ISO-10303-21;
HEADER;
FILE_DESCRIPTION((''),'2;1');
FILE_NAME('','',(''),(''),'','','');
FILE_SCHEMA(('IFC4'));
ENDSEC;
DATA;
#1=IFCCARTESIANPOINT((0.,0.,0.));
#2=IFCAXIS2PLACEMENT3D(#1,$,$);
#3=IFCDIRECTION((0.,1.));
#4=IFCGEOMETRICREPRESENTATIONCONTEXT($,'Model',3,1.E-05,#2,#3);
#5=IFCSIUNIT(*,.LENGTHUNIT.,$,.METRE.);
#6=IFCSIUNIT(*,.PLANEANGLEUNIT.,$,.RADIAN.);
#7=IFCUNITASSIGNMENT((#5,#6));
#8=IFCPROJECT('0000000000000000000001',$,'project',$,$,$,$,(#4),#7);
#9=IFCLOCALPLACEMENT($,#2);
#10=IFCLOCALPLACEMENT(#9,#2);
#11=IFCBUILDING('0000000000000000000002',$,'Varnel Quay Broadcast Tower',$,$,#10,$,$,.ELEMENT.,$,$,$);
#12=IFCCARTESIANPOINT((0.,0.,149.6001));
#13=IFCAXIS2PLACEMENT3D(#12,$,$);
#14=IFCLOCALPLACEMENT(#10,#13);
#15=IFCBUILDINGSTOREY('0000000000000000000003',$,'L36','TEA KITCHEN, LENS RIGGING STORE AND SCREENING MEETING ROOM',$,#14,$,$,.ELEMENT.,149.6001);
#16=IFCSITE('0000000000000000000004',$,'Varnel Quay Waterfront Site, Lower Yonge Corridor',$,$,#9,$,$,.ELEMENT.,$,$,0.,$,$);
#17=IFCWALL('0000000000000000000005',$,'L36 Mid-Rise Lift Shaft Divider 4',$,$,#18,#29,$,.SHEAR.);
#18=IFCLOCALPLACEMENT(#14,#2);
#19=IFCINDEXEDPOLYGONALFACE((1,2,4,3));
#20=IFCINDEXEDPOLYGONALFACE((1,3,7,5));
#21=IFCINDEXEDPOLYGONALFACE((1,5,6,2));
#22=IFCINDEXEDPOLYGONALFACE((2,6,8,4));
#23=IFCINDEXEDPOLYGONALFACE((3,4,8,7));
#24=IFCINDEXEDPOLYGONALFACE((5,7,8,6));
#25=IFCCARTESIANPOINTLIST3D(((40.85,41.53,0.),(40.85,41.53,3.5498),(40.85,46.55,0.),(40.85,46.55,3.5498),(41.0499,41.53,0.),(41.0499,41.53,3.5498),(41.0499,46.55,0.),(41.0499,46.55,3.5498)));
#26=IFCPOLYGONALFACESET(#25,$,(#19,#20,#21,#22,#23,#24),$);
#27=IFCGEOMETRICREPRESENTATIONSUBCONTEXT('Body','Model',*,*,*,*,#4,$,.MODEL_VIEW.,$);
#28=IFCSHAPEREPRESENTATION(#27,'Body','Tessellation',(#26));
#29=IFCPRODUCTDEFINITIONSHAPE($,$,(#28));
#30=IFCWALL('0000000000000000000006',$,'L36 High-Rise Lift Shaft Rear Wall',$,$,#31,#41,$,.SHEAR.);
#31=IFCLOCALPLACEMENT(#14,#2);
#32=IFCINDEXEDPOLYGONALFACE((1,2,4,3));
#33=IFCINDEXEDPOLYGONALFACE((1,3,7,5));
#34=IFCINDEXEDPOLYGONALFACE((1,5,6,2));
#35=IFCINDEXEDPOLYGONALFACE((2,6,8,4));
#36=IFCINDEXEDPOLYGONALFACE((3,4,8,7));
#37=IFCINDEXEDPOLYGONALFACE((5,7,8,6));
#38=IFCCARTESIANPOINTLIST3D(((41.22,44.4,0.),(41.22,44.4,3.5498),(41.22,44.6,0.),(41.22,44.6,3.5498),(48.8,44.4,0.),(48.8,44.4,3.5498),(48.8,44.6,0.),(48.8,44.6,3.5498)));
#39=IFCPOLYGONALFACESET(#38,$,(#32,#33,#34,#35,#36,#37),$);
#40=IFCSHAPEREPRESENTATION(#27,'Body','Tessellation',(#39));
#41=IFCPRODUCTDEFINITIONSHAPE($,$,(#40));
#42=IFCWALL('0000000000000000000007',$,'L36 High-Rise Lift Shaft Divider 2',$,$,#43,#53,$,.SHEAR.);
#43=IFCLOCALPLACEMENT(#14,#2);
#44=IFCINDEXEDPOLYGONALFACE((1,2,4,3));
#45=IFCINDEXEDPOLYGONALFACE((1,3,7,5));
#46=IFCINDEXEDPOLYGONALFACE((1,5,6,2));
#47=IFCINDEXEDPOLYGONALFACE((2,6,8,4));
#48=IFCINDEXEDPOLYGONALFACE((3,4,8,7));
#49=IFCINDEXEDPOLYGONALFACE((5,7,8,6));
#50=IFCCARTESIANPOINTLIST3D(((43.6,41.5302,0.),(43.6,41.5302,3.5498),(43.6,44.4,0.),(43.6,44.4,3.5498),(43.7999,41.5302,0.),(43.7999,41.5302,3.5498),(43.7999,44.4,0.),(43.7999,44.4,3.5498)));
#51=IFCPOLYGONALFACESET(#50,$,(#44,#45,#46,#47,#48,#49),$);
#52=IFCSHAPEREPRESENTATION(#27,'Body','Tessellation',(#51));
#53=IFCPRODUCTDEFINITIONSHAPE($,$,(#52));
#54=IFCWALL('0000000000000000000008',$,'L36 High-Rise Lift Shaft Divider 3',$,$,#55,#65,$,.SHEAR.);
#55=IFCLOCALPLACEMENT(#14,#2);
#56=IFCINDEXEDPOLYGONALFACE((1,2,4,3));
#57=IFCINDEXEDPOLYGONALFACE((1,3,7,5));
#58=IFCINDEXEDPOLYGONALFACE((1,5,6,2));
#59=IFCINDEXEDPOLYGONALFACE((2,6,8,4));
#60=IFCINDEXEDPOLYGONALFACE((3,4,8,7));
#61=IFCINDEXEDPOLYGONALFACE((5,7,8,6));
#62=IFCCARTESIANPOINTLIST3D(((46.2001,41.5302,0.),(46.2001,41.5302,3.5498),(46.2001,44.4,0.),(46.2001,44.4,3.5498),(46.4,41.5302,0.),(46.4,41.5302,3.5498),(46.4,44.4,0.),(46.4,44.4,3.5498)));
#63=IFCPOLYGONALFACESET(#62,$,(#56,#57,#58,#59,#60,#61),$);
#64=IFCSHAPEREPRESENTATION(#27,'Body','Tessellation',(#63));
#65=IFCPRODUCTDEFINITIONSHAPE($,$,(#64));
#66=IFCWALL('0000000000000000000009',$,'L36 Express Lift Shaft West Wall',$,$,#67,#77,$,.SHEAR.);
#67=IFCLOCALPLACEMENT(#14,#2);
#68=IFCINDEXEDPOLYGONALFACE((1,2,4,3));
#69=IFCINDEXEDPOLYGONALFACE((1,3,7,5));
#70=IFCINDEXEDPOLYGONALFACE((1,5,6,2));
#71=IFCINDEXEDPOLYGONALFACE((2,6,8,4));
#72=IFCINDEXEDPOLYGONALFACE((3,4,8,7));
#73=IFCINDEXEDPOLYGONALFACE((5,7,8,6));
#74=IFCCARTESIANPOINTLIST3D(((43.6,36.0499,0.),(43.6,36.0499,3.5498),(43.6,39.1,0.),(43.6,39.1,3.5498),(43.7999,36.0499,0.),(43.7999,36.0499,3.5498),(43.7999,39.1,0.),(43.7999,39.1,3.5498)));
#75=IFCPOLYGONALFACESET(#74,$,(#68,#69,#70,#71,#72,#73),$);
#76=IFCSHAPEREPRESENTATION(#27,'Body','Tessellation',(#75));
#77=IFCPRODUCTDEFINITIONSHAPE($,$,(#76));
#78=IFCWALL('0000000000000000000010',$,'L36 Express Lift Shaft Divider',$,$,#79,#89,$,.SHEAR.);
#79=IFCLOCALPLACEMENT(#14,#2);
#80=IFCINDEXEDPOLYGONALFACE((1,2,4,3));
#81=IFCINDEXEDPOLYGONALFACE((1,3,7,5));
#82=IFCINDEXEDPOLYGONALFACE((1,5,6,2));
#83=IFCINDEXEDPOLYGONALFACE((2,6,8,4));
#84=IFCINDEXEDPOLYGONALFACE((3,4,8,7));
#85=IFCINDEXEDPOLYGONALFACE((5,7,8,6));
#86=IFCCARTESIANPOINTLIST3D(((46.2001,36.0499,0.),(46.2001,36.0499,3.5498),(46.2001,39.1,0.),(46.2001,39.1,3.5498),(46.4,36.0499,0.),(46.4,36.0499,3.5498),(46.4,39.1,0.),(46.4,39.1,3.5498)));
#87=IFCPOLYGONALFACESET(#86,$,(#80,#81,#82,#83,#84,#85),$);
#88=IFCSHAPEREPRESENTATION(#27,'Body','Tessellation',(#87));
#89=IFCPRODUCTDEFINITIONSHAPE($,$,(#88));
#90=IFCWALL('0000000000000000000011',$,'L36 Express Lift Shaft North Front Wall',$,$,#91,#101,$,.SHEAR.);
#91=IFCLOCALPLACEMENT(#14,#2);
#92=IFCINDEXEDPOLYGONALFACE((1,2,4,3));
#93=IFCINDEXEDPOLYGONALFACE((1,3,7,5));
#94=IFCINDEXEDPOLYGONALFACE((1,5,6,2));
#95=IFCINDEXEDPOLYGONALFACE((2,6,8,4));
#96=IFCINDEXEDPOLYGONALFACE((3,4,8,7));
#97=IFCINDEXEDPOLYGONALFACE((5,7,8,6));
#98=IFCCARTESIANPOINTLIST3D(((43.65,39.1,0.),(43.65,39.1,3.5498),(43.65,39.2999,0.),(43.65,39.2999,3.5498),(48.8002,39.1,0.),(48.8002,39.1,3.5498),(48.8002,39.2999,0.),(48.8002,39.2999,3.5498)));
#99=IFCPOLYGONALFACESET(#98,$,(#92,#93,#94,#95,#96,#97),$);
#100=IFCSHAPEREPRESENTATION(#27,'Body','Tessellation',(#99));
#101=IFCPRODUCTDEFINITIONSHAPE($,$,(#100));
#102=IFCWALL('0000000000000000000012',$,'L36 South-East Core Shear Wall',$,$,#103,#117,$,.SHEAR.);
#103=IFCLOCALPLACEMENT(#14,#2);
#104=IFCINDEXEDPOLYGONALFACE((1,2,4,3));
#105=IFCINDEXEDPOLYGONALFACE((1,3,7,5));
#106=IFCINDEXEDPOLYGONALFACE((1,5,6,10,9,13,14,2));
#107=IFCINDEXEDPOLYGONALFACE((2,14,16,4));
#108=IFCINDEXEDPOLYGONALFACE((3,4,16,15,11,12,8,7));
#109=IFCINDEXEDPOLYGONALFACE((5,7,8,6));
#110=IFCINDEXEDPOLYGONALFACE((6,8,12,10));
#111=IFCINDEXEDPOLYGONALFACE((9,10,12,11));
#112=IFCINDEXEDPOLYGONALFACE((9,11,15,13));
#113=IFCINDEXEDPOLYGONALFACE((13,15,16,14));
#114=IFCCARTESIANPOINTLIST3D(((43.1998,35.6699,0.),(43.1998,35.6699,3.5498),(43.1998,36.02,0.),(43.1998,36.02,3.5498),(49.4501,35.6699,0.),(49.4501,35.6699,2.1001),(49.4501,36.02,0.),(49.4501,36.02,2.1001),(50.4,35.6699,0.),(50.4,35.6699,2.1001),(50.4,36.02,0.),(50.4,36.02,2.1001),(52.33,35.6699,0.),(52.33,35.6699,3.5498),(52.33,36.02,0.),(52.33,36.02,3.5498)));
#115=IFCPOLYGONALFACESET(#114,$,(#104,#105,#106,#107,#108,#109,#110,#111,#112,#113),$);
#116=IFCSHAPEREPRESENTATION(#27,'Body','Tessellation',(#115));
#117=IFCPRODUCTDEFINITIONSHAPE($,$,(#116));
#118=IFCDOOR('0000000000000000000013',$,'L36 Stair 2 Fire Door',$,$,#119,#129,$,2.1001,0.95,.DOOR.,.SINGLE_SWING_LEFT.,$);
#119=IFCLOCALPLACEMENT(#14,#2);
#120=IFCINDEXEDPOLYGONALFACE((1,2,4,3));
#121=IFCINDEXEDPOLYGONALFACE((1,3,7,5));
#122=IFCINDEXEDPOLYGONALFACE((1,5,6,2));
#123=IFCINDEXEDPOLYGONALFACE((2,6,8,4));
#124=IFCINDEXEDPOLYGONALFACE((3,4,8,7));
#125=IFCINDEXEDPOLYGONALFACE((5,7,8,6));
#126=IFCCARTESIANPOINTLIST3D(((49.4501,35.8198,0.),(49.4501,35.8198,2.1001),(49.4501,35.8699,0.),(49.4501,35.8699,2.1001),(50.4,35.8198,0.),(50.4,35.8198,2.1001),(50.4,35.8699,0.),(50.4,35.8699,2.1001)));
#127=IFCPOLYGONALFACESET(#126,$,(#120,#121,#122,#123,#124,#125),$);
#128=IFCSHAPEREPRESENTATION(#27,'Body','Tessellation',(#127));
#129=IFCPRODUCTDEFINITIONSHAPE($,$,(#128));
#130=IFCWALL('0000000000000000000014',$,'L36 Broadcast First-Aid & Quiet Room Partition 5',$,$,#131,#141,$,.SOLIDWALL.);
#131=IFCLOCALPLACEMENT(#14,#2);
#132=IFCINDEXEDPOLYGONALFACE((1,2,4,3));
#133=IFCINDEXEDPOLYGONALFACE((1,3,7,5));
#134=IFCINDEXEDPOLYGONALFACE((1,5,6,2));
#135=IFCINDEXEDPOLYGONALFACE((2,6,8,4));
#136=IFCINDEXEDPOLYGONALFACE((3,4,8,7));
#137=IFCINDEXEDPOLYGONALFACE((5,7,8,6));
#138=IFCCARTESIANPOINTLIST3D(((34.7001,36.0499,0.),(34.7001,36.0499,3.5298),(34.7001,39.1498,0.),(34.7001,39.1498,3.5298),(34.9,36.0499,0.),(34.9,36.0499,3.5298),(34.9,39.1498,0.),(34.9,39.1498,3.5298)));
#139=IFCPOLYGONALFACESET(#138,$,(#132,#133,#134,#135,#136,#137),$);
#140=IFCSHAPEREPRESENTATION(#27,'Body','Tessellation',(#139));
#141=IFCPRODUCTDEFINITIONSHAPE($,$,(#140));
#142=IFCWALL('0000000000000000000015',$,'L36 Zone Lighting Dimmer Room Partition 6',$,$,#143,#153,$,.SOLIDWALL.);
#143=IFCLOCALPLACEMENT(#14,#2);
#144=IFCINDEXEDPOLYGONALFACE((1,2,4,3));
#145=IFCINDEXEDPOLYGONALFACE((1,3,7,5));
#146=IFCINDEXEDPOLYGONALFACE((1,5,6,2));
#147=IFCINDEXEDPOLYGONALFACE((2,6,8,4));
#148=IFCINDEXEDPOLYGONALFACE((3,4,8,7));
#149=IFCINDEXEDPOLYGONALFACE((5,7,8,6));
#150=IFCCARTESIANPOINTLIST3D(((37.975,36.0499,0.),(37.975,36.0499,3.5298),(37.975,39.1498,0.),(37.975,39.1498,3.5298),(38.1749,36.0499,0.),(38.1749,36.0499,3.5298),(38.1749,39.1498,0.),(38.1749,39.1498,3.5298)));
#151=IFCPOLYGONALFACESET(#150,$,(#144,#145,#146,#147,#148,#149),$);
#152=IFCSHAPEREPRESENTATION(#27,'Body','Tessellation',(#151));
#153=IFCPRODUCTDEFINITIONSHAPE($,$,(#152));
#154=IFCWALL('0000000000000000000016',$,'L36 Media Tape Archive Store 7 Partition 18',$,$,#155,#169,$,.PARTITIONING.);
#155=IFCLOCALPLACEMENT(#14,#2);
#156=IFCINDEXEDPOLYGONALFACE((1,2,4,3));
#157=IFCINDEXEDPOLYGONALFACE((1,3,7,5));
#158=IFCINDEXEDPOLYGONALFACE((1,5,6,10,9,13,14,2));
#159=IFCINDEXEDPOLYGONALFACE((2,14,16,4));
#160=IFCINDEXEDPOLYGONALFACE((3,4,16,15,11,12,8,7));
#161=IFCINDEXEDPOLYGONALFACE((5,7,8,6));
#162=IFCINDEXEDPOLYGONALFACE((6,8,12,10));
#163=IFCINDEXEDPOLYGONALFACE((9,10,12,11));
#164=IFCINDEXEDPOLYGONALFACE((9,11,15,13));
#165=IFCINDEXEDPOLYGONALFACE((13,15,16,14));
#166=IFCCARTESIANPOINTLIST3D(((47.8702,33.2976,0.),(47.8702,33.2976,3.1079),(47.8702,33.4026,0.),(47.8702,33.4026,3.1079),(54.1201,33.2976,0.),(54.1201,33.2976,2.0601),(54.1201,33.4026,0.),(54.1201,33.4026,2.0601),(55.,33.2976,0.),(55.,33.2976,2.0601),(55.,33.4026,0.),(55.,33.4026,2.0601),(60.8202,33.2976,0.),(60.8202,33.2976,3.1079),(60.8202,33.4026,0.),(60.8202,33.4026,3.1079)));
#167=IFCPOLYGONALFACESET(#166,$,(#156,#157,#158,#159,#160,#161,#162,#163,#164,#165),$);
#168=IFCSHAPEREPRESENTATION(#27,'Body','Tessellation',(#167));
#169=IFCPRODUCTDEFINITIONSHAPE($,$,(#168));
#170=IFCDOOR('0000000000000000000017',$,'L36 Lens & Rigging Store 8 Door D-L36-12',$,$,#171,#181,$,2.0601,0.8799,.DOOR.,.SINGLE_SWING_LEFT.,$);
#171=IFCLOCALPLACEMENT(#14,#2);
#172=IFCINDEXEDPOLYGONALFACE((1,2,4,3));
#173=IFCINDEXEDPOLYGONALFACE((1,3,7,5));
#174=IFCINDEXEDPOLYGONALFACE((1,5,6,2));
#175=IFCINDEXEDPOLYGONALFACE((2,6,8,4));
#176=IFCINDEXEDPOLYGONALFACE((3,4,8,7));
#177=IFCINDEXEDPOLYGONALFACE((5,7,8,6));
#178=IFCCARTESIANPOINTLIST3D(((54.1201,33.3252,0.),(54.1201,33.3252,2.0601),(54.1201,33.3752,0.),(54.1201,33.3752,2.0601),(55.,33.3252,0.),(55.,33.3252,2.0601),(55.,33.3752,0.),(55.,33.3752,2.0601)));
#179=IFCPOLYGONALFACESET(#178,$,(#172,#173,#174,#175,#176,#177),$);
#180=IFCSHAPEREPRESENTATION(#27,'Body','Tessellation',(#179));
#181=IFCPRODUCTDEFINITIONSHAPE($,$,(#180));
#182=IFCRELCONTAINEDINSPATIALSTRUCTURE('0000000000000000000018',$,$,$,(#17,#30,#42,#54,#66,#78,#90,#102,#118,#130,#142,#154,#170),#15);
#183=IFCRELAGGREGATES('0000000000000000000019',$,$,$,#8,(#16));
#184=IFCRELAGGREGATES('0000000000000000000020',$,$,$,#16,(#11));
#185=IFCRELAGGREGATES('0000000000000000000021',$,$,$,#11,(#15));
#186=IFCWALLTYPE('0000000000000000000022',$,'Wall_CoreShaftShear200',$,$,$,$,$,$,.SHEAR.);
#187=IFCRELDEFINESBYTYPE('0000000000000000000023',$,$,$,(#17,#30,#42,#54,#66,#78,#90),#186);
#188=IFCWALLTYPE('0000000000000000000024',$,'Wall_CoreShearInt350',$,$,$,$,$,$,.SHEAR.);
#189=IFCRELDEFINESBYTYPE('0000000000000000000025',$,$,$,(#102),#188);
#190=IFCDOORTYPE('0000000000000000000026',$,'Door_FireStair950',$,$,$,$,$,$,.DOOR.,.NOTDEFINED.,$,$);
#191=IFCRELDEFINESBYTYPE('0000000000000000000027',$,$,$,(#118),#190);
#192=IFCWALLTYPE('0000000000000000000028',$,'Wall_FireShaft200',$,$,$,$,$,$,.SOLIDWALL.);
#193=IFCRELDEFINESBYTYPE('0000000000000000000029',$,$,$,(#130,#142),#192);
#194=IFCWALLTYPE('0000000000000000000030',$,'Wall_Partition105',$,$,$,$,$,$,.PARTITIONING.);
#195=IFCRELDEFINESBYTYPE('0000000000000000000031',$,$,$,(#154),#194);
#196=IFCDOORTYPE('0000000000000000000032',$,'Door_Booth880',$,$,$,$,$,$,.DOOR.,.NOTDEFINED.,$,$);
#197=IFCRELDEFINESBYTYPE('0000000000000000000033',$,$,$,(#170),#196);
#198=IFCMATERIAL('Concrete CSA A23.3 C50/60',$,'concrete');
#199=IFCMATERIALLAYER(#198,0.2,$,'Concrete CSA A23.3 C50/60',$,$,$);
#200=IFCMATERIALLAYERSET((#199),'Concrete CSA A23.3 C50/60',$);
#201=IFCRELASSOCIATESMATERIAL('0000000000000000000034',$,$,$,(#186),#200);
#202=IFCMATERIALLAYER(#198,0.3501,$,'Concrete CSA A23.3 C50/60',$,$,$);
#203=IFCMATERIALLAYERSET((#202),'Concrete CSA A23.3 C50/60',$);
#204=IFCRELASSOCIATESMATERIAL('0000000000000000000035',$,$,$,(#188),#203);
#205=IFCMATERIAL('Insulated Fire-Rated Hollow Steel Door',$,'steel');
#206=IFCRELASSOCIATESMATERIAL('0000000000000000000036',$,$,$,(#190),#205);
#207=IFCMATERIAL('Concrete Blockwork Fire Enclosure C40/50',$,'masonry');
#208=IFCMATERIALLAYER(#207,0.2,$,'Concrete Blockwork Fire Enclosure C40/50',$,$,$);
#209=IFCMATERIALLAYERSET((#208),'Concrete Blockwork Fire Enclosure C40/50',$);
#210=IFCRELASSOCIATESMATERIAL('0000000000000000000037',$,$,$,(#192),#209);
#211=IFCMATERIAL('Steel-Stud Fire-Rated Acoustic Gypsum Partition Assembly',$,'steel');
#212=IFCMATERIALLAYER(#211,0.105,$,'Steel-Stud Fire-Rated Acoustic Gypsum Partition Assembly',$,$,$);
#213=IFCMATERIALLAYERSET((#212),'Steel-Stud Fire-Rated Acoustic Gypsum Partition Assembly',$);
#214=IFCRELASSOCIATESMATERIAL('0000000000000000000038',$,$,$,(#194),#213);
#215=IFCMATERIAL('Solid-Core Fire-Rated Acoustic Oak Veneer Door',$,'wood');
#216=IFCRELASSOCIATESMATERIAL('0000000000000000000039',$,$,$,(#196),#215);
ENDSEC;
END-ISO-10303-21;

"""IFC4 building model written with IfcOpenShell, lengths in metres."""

from ifc_helpers import new_model, si_unit, direction, frame, frame_2d, origin, place, context, subcontext, project, spatial, rectangle, extrude, source, transform, mapped, material, layer, layer_set, type_object, type_shapes, element, fill, save


model = new_model("IFC4")

# Units and contexts
model_context = context("Model", 3, precision=1e-05, world=origin(), true_north=direction((0.0, 1.0)))
body_context = subcontext(model_context, "Body", "Model", "MODEL_VIEW")
ifc_project = project(units=[si_unit("LENGTHUNIT", "METRE"), si_unit("PLANEANGLEUNIT", "RADIAN")], contexts=[model_context])

# Site, building, storey
site_placement = place(None, origin())
site = spatial("IfcSite", under=ifc_project, at=site_placement, Name="Varnel Quay Waterfront Site, Lower Yonge Corridor", CompositionType="ELEMENT", RefElevation=0.0)
building_placement = place(site_placement, origin())
building = spatial("IfcBuilding", under=site, at=building_placement, Name="Varnel Quay Broadcast Tower", CompositionType="ELEMENT")
storey_placement = place(building_placement, frame((0.0, 0.0, 149.6001)))
storey = spatial("IfcBuildingStorey", under=building, at=storey_placement, Name="L36", Description="TEA KITCHEN, LENS RIGGING STORE AND SCREENING MEETING ROOM", CompositionType="ELEMENT", Elevation=149.6001)

# Shared definitions
ifc_material_1 = material(Name="Concrete CSA A23.3 C50/60", Category="concrete")

# Walls
ifc_layer_1 = layer(ifc_material_1, 0.2, Name="Concrete CSA A23.3 C50/60")
ifc_layer_set_1 = layer_set([ifc_layer_1], Name="Concrete CSA A23.3 C50/60")
wall_type_1 = type_object("IfcWallType", Name="Wall_CoreShaftShear200", PredefinedType="SHEAR", material=ifc_layer_set_1)
wall_1_placement = place(storey_placement, frame((40.95, 41.53, 0.0), z_axis=(0.0, 0.0, 1.0), x_axis=(0.0, 1.0, 0.0)))
element("IfcWall", 1, at=wall_1_placement, inside=storey, type_object=wall_type_1, Name="L36 Mid-Rise Lift Shaft Divider 4", PredefinedType="SHEAR", context=body_context, shape_type="SweptSolid", body=[
    extrude(rectangle(XDim=5.02, YDim=0.2, at=frame_2d((2.51, 0.0))), origin(), (0.0, 0.0, 1.0), 3.5498),
])
wall_2_placement = place(storey_placement, frame((41.22, 44.5, 0.0), z_axis=(0.0, 0.0, 1.0), x_axis=(1.0, 0.0, 0.0)))
element("IfcWall", 2, at=wall_2_placement, inside=storey, type_object=wall_type_1, Name="L36 High-Rise Lift Shaft Rear Wall", PredefinedType="SHEAR", context=body_context, shape_type="SweptSolid", body=[
    extrude(rectangle(XDim=7.5801, YDim=0.2, at=frame_2d((3.79, 0.0))), origin(), (0.0, 0.0, 1.0), 3.5498),
])
for number, where, z_axis, x_axis, name in (
    (3, (43.7, 41.53, 0.0), (0.0, 0.0, 1.0), (0.0, 1.0, 0.0), "L36 High-Rise Lift Shaft Divider 2"),
    (4, (46.3, 41.53, 0.0), (0.0, 0.0, 1.0), (0.0, 1.0, 0.0), "L36 High-Rise Lift Shaft Divider 3"),
):
    element("IfcWall", number, at=place(storey_placement, frame(where, z_axis=z_axis, x_axis=x_axis)), inside=storey, type_object=wall_type_1, Name=name, PredefinedType="SHEAR", context=body_context, shape_type="SweptSolid", body=[
        extrude(rectangle(XDim=2.8699, YDim=0.2, at=frame_2d((1.4351, 0.0))), origin(), (0.0, 0.0, 1.0), 3.5498),
    ])
for number, where, z_axis, x_axis, name in (
    (5, (43.7, 36.05, 0.0), (0.0, 0.0, 1.0), (0.0, 1.0, 0.0), "L36 Express Lift Shaft West Wall"),
    (6, (46.3, 36.05, 0.0), (0.0, 0.0, 1.0), (0.0, 1.0, 0.0), "L36 Express Lift Shaft Divider"),
):
    element("IfcWall", number, at=place(storey_placement, frame(where, z_axis=z_axis, x_axis=x_axis)), inside=storey, type_object=wall_type_1, Name=name, PredefinedType="SHEAR", context=body_context, shape_type="SweptSolid", body=[
        extrude(rectangle(XDim=3.05, YDim=0.2, at=frame_2d((1.5249, 0.0))), origin(), (0.0, 0.0, 1.0), 3.5498),
    ])
wall_3_placement = place(storey_placement, frame((43.6499, 39.2, 0.0), z_axis=(0.0, 0.0, 1.0), x_axis=(1.0, 0.0, 0.0)))
element("IfcWall", 7, at=wall_3_placement, inside=storey, type_object=wall_type_1, Name="L36 Express Lift Shaft North Front Wall", PredefinedType="SHEAR", context=body_context, shape_type="SweptSolid", body=[
    extrude(rectangle(XDim=5.1501, YDim=0.2, at=frame_2d((2.5752, 0.0))), origin(), (0.0, 0.0, 1.0), 3.5498),
])

# Wall, opening, door
ifc_layer_2 = layer(ifc_material_1, 0.3501, Name="Concrete CSA A23.3 C50/60")
ifc_layer_set_2 = layer_set([ifc_layer_2], Name="Concrete CSA A23.3 C50/60")
wall_type_2 = type_object("IfcWallType", Name="Wall_CoreShearInt350", PredefinedType="SHEAR", material=ifc_layer_set_2)
wall_4_placement = place(storey_placement, frame((43.2, 35.845, 0.0), z_axis=(0.0, 0.0, 1.0), x_axis=(1.0, 0.0, 0.0)))
wall_4 = element("IfcWall", 8, at=wall_4_placement, inside=storey, type_object=wall_type_2, Name="L36 South-East Core Shear Wall", PredefinedType="SHEAR", context=body_context, shape_type="SweptSolid", body=[
    extrude(rectangle(XDim=9.1301, YDim=0.3501, at=frame_2d((4.5649, 0.0))), origin(), (0.0, 0.0, 1.0), 3.5498),
])
opening_1_placement = place(wall_4_placement, frame((6.25, 0.0, 0.0)))
opening_1 = element("IfcOpeningElement", 9, at=opening_1_placement, cuts=wall_4, PredefinedType="OPENING", context=body_context, shape_type="SweptSolid", body=[
    extrude(rectangle(XDim=0.95, YDim=2.1001, at=frame_2d((0.4751, 1.05))), frame((0.0, 0.1851, 0.0), z_axis=(0.0, -1.0, 0.0), x_axis=(1.0, 0.0, 0.0)), (0.0, 0.0, 1.0), 0.3701),
])
ifc_material_2 = material(Name="Insulated Fire-Rated Hollow Steel Door", Category="steel")
door_type_1 = type_object("IfcDoorType", Name="Door_FireStair950", OperationType="NOTDEFINED", PredefinedType="DOOR", material=ifc_material_2)
shared_shape_1 = source(origin(), body_context, "Body", "SweptSolid", [
    extrude(rectangle(XDim=0.95, YDim=2.1001, at=frame_2d((0.4751, 1.05))), frame((0.0, 0.0249, 0.0), z_axis=(0.0, -1.0, 0.0), x_axis=(1.0, 0.0, 0.0)), (0.0, 0.0, 1.0), 0.05),
])
type_shapes(door_type_1, [shared_shape_1])
door_1_placement = place(opening_1_placement, origin())
door_1 = element("IfcDoor", 10, at=door_1_placement, inside=storey, type_object=door_type_1, Name="L36 Stair 2 Fire Door", OperationType="SINGLE_SWING_LEFT", OverallHeight=2.1001, OverallWidth=0.95, PredefinedType="DOOR", context=body_context, shape_type="MappedRepresentation", body=[
    mapped(shared_shape_1, transform((0.0, 0.0, 0.0), x_axis=(1.0, 0.0, 0.0), y_axis=(0.0, 1.0, 0.0), z_axis=(0.0, 0.0, 1.0), scale=1.0)),
])
fill(opening_1, door_1)

# Walls
ifc_material_3 = material(Name="Concrete Blockwork Fire Enclosure C40/50", Category="masonry")
ifc_layer_3 = layer(ifc_material_3, 0.2, Name="Concrete Blockwork Fire Enclosure C40/50")
ifc_layer_set_3 = layer_set([ifc_layer_3], Name="Concrete Blockwork Fire Enclosure C40/50")
wall_type_3 = type_object("IfcWallType", Name="Wall_FireShaft200", PredefinedType="SOLIDWALL", material=ifc_layer_set_3)
for number, where, z_axis, x_axis, name in (
    (11, (34.8, 36.05, 0.0), (0.0, 0.0, 1.0), (0.0, 1.0, 0.0), "L36 Broadcast First-Aid & Quiet Room Partition 5"),
    (12, (38.075, 36.05, 0.0), (0.0, 0.0, 1.0), (0.0, 1.0, 0.0), "L36 Zone Lighting Dimmer Room Partition 6"),
):
    element("IfcWall", number, at=place(storey_placement, frame(where, z_axis=z_axis, x_axis=x_axis)), inside=storey, type_object=wall_type_3, Name=name, PredefinedType="SOLIDWALL", context=body_context, shape_type="SweptSolid", body=[
        extrude(rectangle(XDim=3.0999, YDim=0.2, at=frame_2d((1.5498, 0.0))), origin(), (0.0, 0.0, 1.0), 3.5298),
    ])

# Wall, opening, door
ifc_material_4 = material(Name="Steel-Stud Fire-Rated Acoustic Gypsum Partition Assembly", Category="steel")
ifc_layer_4 = layer(ifc_material_4, 0.105, Name="Steel-Stud Fire-Rated Acoustic Gypsum Partition Assembly")
ifc_layer_set_4 = layer_set([ifc_layer_4], Name="Steel-Stud Fire-Rated Acoustic Gypsum Partition Assembly")
wall_type_4 = type_object("IfcWallType", Name="Wall_Partition105", PredefinedType="PARTITIONING", material=ifc_layer_set_4)
wall_5_placement = place(storey_placement, frame((47.8701, 33.3501, 0.0), z_axis=(0.0, 0.0, 1.0), x_axis=(1.0, 0.0, 0.0)))
wall_5 = element("IfcWall", 13, at=wall_5_placement, inside=storey, type_object=wall_type_4, Name="L36 Media Tape Archive Store 7 Partition 18", PredefinedType="PARTITIONING", context=body_context, shape_type="SweptSolid", body=[
    extrude(rectangle(XDim=12.95, YDim=0.105, at=frame_2d((6.4751, 0.0))), origin(), (0.0, 0.0, 1.0), 3.1079),
])
opening_2_placement = place(wall_5_placement, frame((6.25, 0.0, 0.0)))
opening_2 = element("IfcOpeningElement", 14, at=opening_2_placement, cuts=wall_5, PredefinedType="OPENING", context=body_context, shape_type="SweptSolid", body=[
    extrude(rectangle(XDim=0.8799, YDim=2.0601, at=frame_2d((0.4399, 1.03))), frame((0.0, 0.0625, 0.0), z_axis=(0.0, -1.0, 0.0), x_axis=(1.0, 0.0, 0.0)), (0.0, 0.0, 1.0), 0.125),
])
ifc_material_5 = material(Name="Solid-Core Fire-Rated Acoustic Oak Veneer Door", Category="wood")
door_type_2 = type_object("IfcDoorType", Name="Door_Booth880", OperationType="NOTDEFINED", PredefinedType="DOOR", material=ifc_material_5)
shared_shape_2 = source(origin(), body_context, "Body", "SweptSolid", [
    extrude(rectangle(XDim=0.8799, YDim=2.0601, at=frame_2d((0.4399, 1.03))), frame((0.0, 0.0249, 0.0), z_axis=(0.0, -1.0, 0.0), x_axis=(1.0, 0.0, 0.0)), (0.0, 0.0, 1.0), 0.05),
])
type_shapes(door_type_2, [shared_shape_2])
door_2_placement = place(opening_2_placement, frame((0.8799, 0.0, 0.0), z_axis=(0.0, 0.0, 1.0), x_axis=(-1.0, 0.0, 0.0)))
door_2 = element("IfcDoor", 15, at=door_2_placement, inside=storey, type_object=door_type_2, Name="L36 Lens & Rigging Store 8 Door D-L36-12", OperationType="SINGLE_SWING_LEFT", OverallHeight=2.0601, OverallWidth=0.8799, PredefinedType="DOOR", context=body_context, shape_type="MappedRepresentation", body=[
    mapped(shared_shape_2, transform((0.0, 0.0, 0.0), x_axis=(1.0, 0.0, 0.0), y_axis=(0.0, 1.0, 0.0), z_axis=(0.0, 0.0, 1.0), scale=1.0)),
])
fill(opening_2, door_2)

save(model, "model.ifc")
